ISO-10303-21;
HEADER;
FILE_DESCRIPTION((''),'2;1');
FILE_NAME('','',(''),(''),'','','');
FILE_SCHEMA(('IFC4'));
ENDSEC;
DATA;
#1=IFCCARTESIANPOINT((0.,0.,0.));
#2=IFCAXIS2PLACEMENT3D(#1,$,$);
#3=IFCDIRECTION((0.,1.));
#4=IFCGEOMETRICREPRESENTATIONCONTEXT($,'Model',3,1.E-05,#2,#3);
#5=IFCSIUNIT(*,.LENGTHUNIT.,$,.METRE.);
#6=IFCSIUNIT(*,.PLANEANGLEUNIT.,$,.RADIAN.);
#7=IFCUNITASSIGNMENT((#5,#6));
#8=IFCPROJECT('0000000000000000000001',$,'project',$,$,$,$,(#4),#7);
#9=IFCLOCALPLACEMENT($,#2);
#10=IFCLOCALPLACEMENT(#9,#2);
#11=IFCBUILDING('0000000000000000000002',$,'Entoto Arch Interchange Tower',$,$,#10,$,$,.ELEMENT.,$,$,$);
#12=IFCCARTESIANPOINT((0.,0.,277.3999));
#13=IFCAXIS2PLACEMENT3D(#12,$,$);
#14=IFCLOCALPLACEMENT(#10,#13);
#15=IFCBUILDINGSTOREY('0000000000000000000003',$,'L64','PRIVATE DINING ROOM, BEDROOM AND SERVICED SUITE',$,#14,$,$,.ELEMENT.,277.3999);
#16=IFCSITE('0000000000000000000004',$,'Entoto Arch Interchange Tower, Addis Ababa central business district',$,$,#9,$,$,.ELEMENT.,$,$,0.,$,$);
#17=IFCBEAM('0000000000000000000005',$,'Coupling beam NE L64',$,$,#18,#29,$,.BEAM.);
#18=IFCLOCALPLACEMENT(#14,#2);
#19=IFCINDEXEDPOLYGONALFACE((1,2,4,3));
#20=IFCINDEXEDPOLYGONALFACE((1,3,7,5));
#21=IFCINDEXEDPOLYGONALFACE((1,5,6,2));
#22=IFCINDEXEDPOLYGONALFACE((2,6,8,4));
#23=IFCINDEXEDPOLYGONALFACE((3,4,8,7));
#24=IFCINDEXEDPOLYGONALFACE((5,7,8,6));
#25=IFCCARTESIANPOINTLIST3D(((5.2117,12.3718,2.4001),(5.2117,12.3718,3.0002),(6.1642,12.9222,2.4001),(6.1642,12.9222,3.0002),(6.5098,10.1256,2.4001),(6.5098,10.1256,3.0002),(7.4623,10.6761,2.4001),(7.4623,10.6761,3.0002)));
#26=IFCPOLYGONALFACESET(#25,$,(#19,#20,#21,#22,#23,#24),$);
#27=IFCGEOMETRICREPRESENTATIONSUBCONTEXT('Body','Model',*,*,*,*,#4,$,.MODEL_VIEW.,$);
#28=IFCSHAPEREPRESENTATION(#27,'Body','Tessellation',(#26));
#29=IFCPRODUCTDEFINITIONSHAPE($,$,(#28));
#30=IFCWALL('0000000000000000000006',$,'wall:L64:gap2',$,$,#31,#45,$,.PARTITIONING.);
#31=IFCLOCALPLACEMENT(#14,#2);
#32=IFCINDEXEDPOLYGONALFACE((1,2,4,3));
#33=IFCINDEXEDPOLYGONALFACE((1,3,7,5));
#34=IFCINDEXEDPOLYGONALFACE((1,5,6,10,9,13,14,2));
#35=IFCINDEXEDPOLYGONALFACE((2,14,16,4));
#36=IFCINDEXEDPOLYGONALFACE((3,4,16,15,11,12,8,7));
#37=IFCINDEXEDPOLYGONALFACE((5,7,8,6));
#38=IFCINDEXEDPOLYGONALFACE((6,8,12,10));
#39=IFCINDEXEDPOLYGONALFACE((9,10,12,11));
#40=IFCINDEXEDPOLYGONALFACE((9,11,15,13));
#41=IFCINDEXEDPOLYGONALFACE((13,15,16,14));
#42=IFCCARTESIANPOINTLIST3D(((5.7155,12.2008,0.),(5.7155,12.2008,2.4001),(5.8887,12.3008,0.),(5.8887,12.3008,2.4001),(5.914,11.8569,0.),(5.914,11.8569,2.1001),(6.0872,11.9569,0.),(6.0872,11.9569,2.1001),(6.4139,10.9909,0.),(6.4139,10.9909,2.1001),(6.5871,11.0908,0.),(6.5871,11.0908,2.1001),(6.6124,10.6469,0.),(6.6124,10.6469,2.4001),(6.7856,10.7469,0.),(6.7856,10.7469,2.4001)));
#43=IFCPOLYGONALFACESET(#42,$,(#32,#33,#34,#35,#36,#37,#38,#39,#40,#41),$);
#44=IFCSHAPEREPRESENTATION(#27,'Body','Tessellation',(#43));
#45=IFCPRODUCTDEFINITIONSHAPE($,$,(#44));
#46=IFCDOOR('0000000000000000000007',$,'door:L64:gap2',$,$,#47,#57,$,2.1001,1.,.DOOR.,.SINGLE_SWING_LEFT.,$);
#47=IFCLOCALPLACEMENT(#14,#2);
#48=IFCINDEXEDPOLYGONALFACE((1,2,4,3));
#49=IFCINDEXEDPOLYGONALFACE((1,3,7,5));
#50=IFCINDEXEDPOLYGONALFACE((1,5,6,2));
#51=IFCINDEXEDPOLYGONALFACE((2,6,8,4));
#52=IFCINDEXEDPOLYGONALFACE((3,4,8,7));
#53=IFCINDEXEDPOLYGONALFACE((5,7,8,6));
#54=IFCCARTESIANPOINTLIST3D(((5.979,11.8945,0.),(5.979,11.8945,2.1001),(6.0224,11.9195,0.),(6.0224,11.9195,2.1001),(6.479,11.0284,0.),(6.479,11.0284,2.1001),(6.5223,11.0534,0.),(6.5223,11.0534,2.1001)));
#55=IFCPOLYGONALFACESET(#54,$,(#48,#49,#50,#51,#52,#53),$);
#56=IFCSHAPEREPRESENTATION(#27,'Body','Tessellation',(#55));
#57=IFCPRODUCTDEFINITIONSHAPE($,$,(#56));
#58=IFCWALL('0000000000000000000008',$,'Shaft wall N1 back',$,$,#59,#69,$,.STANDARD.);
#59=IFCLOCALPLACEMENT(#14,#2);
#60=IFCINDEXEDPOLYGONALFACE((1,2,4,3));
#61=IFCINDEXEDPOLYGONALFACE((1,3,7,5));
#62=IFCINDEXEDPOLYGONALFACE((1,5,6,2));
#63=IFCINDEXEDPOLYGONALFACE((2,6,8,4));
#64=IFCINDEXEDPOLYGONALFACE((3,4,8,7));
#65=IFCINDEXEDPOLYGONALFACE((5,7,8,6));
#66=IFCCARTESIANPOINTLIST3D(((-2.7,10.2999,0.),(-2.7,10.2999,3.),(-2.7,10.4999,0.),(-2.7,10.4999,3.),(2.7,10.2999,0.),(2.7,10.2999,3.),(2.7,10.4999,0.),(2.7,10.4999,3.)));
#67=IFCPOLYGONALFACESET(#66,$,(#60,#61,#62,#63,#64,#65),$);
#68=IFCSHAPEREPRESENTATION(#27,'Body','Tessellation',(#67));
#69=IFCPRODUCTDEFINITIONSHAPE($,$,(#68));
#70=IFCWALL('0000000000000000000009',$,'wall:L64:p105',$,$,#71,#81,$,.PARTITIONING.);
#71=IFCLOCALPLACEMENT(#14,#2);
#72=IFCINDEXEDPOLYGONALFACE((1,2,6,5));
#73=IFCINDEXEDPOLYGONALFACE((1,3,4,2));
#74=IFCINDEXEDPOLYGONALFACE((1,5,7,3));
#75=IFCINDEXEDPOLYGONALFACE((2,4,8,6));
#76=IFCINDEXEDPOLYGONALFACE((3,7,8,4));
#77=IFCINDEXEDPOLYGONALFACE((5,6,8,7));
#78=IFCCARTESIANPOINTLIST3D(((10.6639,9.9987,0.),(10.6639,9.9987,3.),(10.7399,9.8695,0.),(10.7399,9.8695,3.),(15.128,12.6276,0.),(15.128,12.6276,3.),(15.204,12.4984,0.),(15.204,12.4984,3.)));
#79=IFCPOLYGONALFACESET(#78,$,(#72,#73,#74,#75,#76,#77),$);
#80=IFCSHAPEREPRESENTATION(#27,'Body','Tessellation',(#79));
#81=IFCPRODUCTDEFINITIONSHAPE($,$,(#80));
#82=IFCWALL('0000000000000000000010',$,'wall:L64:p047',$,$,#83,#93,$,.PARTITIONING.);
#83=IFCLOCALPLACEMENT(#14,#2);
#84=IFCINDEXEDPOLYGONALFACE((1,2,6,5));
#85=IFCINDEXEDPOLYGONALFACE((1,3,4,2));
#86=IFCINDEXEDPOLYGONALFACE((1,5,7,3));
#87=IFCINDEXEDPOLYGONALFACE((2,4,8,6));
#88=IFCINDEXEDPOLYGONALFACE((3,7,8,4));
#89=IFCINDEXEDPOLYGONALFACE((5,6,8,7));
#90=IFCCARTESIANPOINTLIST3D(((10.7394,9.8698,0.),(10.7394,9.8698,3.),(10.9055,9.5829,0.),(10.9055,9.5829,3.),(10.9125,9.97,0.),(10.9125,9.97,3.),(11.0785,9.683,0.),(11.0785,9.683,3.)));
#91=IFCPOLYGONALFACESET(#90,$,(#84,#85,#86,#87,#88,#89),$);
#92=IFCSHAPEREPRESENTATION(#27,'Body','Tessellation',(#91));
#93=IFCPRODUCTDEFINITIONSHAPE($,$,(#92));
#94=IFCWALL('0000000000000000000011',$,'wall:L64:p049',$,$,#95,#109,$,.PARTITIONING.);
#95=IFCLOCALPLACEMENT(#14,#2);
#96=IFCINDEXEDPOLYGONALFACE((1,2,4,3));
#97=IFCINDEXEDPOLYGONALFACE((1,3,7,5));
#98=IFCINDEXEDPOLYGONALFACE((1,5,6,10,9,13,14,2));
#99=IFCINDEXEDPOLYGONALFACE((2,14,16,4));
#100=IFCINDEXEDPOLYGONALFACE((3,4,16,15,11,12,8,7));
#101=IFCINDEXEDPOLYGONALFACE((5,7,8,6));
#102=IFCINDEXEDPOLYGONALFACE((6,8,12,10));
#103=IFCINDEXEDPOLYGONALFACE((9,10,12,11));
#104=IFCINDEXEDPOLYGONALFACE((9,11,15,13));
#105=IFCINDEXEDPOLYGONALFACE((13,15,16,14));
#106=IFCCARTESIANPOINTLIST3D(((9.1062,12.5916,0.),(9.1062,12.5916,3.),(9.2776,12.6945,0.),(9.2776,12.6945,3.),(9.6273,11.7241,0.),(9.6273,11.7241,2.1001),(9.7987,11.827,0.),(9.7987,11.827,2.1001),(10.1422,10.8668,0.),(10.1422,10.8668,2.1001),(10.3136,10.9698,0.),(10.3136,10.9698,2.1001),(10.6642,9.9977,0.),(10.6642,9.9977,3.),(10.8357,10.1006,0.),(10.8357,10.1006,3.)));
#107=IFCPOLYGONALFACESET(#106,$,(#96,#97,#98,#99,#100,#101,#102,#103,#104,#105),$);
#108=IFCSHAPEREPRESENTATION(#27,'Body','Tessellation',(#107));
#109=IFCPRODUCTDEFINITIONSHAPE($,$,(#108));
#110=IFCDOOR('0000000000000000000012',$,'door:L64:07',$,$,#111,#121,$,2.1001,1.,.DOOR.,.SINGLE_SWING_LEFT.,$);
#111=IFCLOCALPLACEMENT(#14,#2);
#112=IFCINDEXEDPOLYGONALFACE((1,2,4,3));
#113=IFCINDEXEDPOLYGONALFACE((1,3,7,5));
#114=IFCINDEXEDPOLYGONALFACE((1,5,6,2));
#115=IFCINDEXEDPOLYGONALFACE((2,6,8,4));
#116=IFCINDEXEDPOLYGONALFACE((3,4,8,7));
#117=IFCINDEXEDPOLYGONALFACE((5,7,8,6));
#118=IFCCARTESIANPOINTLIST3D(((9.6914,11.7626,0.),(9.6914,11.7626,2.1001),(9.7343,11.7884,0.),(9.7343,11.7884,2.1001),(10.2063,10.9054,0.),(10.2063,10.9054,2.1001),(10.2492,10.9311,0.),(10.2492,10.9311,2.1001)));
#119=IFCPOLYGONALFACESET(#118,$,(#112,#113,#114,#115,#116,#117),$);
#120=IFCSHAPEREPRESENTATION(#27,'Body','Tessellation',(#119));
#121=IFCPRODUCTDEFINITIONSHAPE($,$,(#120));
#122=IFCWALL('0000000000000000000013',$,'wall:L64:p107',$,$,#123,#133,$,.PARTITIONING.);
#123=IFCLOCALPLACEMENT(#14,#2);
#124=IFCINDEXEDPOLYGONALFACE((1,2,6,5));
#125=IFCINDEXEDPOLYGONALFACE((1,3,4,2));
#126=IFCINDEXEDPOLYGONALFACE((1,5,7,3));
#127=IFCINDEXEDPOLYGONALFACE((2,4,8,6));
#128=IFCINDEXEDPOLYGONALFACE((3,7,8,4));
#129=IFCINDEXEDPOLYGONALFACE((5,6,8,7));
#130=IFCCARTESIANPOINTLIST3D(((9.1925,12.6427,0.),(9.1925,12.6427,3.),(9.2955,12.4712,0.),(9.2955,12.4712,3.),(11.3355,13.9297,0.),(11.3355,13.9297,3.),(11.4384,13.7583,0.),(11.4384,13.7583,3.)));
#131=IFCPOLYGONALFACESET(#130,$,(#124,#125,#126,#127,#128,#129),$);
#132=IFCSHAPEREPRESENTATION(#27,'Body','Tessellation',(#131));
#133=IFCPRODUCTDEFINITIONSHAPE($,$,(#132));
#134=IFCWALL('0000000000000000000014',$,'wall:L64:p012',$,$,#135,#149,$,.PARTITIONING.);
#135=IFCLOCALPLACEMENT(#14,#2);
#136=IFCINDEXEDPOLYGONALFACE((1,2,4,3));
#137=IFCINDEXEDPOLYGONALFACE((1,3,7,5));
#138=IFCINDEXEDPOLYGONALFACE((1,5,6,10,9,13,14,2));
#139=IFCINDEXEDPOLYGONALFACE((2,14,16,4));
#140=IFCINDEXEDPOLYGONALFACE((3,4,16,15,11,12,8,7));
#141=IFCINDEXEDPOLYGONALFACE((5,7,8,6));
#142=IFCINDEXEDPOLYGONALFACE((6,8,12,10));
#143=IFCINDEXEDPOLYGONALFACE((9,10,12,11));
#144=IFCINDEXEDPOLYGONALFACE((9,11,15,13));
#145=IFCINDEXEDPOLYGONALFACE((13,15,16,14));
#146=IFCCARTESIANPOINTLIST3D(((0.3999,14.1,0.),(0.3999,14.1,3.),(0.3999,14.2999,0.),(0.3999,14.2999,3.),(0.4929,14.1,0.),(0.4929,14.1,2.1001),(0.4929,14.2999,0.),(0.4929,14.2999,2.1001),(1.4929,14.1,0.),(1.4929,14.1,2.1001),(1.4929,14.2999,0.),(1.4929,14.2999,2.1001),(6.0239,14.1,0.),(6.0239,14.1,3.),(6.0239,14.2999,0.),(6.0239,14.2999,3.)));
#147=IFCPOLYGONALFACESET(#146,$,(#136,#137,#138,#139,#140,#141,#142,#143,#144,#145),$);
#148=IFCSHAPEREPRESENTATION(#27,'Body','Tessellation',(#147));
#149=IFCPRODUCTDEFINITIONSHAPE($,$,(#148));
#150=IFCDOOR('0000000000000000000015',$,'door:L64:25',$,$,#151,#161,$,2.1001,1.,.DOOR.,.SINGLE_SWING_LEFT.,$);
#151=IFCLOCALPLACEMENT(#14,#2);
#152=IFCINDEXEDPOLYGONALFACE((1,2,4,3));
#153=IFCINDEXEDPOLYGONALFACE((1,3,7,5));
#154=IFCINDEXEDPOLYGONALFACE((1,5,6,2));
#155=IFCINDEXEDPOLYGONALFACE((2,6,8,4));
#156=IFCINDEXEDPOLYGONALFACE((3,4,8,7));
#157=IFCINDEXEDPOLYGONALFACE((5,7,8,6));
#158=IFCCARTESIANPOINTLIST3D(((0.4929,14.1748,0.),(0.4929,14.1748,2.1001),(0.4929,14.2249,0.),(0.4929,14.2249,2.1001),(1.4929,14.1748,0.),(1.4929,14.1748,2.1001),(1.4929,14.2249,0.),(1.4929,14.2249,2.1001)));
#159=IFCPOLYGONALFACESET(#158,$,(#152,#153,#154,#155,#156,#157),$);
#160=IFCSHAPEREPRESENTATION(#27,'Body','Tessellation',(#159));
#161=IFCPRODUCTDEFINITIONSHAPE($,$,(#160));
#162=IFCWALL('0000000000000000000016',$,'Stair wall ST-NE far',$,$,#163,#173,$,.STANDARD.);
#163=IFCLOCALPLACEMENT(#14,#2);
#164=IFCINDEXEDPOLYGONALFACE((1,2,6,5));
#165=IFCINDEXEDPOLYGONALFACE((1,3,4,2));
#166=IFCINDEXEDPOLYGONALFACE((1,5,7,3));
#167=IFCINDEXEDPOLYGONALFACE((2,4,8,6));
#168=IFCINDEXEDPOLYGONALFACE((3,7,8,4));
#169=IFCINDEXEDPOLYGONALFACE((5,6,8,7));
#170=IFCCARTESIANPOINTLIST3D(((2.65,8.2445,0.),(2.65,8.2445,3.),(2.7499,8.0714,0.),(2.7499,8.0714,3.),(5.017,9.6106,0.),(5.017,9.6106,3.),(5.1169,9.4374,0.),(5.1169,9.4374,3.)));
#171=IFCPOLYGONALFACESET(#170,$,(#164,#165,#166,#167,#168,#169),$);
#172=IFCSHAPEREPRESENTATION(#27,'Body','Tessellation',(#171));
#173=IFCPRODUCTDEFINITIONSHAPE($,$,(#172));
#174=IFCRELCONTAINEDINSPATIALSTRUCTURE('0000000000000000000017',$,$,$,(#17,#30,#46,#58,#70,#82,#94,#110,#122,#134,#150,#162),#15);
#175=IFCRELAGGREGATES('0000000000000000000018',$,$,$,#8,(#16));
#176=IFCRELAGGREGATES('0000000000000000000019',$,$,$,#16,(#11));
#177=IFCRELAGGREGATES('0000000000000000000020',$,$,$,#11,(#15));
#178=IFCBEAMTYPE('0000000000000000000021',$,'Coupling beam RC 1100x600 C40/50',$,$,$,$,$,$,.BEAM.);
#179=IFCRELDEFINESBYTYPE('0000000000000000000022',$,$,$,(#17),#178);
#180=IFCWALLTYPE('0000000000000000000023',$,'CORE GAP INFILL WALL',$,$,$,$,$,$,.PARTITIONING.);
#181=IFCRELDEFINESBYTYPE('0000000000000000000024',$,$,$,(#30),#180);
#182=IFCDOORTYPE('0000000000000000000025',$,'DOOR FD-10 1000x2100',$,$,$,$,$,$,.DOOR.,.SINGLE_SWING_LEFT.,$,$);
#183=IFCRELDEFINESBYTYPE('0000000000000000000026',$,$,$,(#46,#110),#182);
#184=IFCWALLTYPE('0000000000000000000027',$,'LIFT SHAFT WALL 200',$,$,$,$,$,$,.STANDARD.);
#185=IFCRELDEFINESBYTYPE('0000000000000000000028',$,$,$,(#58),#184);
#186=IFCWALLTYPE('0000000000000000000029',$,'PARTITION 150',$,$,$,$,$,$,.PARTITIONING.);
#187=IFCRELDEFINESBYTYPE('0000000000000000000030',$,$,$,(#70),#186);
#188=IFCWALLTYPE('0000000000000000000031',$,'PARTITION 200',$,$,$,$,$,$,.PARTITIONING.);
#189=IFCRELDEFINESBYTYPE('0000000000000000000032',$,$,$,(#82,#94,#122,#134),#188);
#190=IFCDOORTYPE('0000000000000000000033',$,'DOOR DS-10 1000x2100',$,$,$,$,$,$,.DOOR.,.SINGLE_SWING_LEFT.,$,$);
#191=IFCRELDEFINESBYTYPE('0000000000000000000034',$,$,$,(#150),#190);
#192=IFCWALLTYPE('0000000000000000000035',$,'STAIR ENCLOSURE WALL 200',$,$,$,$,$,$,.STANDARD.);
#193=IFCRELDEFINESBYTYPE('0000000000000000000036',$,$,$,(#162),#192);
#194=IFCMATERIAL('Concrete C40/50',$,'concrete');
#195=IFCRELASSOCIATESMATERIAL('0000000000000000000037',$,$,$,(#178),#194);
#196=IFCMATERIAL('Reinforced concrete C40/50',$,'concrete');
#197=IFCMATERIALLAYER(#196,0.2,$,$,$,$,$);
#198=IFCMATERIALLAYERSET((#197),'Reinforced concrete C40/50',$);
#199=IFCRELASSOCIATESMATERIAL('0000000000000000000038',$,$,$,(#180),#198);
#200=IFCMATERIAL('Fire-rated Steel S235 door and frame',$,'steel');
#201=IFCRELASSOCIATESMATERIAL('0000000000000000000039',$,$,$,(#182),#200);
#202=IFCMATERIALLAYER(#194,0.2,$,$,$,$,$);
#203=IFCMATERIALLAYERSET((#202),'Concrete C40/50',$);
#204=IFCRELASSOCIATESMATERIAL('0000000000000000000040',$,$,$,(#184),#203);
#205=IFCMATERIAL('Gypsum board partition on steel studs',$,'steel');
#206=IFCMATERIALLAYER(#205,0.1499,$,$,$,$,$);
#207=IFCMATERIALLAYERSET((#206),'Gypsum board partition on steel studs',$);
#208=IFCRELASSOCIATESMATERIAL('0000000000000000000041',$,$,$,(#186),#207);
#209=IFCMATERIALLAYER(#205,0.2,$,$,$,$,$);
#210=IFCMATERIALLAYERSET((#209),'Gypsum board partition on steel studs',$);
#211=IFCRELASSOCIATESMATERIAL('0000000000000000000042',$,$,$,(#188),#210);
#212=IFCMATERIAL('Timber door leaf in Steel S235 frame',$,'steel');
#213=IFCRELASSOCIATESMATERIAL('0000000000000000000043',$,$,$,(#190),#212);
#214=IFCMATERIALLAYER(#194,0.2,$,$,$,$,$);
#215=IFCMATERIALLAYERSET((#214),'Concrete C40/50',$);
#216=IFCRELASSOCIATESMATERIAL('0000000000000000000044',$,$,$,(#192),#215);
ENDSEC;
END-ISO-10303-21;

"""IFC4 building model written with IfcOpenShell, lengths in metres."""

from ifc_helpers import new_model, si_unit, direction, frame, frame_2d, origin, origin_2d, place, context, subcontext, project, spatial, rectangle, extrude, material, layer, layer_set, material_profile, profile_set, type_object, element, fill, save


model = new_model("IFC4")

# Units and contexts
model_context = context("Model", 3, precision=1e-05, world=origin(), true_north=direction((0.0, 1.0)))
body_context = subcontext(model_context, "Body", "Model", "MODEL_VIEW")
ifc_project = project(units=[si_unit("LENGTHUNIT", "METRE"), si_unit("PLANEANGLEUNIT", "RADIAN")], contexts=[model_context])

# Site, building, storey
site_placement = place(None, origin())
site = spatial("IfcSite", under=ifc_project, at=site_placement, Name="Entoto Arch Interchange Tower, Addis Ababa central business district", CompositionType="ELEMENT", RefElevation=0.0)
building_placement = place(site_placement, origin())
building = spatial("IfcBuilding", under=site, at=building_placement, Name="Entoto Arch Interchange Tower", CompositionType="ELEMENT")
storey_placement = place(building_placement, frame((0.0, 0.0, 277.3999)))
storey = spatial("IfcBuildingStorey", under=building, at=storey_placement, Name="L64", Description="PRIVATE DINING ROOM, BEDROOM AND SERVICED SUITE", CompositionType="ELEMENT", Elevation=277.3999)

# Beam
ifc_material_1 = material(Name="Concrete C40/50", Category="concrete")
ifc_material_profile = material_profile(ifc_material_1, rectangle(XDim=1.1001, YDim=0.6001, at=origin_2d()))
ifc_profile_set = profile_set([ifc_material_profile], Name="Concrete C40/50")
beam_type = type_object("IfcBeamType", Name="Coupling beam RC 1100x600 C40/50", PredefinedType="BEAM", material=ifc_profile_set)
beam_placement = place(storey_placement, frame((6.9861, 10.4009, 2.7002), z_axis=(-0.50038, 0.865806, 0.0), x_axis=(-0.865806, -0.50038, 0.0)))
element("IfcBeam", 1, at=beam_placement, inside=storey, type_object=beam_type, Name="Coupling beam NE L64", PredefinedType="BEAM", context=body_context, shape_type="SweptSolid", body=[
    extrude(rectangle(XDim=1.1001, YDim=0.6001, at=origin_2d()), origin(), (0.0, 0.0, 1.0), 2.5942),
])

# Wall, opening, door
ifc_material_2 = material(Name="Reinforced concrete C40/50", Category="concrete")
ifc_layer_1 = layer(ifc_material_2, 0.2)
ifc_layer_set_1 = layer_set([ifc_layer_1], Name="Reinforced concrete C40/50")
wall_type_1 = type_object("IfcWallType", Name="CORE GAP INFILL WALL", PredefinedType="PARTITIONING", material=ifc_layer_set_1)
wall_1_placement = place(storey_placement, frame((6.699, 10.697, 0.0), z_axis=(0.0, 0.0, 1.0), x_axis=(-0.499915, 0.866075, 0.0)))
wall_1 = element("IfcWall", 2, at=wall_1_placement, inside=storey, type_object=wall_type_1, Name="wall:L64:gap2", PredefinedType="PARTITIONING", context=body_context, shape_type="SweptSolid", body=[
    extrude(rectangle(XDim=1.7942, YDim=0.2, at=frame_2d((0.897, 0.0))), origin(), (0.0, 0.0, 1.0), 2.4001),
])
opening_1_placement = place(wall_1_placement, frame((0.397, 0.0, 0.0)))
opening_1 = element("IfcOpeningElement", 3, at=opening_1_placement, cuts=wall_1, PredefinedType="OPENING", context=body_context, shape_type="SweptSolid", body=[
    extrude(rectangle(XDim=1.0, YDim=2.1001, at=frame_2d((0.5, 1.05))), frame((0.0, 0.1099, 0.0), z_axis=(0.0, -1.0, 0.0), x_axis=(1.0, 0.0, 0.0)), (0.0, 0.0, 1.0), 0.22),
])
ifc_material_3 = material(Name="Fire-rated Steel S235 door and frame", Category="steel")
door_type_1 = type_object("IfcDoorType", Name="DOOR FD-10 1000x2100", OperationType="SINGLE_SWING_LEFT", PredefinedType="DOOR", material=ifc_material_3)
door_1_placement = place(opening_1_placement, origin())
door_1 = element("IfcDoor", 4, at=door_1_placement, inside=storey, type_object=door_type_1, Name="door:L64:gap2", OperationType="SINGLE_SWING_LEFT", OverallHeight=2.1001, OverallWidth=1.0, PredefinedType="DOOR", context=body_context, shape_type="SweptSolid", body=[
    extrude(rectangle(XDim=1.0, YDim=2.1001, at=frame_2d((0.5, 1.05))), frame((0.0, 0.0249, 0.0), z_axis=(0.0, -1.0, 0.0), x_axis=(1.0, 0.0, 0.0)), (0.0, 0.0, 1.0), 0.05),
])
fill(opening_1, door_1)

# Walls
ifc_layer_2 = layer(ifc_material_1, 0.2)
ifc_layer_set_2 = layer_set([ifc_layer_2], Name="Concrete C40/50")
wall_type_2 = type_object("IfcWallType", Name="LIFT SHAFT WALL 200", PredefinedType="STANDARD", material=ifc_layer_set_2)
wall_2_placement = place(storey_placement, frame((2.7, 10.3999, 0.0), z_axis=(0.0, 0.0, 1.0), x_axis=(-1.0, 0.0, 0.0)))
element("IfcWall", 5, at=wall_2_placement, inside=storey, type_object=wall_type_2, Name="Shaft wall N1 back", PredefinedType="STANDARD", context=body_context, shape_type="SweptSolid", body=[
    extrude(rectangle(XDim=5.3999, YDim=0.2, at=frame_2d((2.7, 0.0))), origin(), (0.0, 0.0, 1.0), 3.0),
])
ifc_material_4 = material(Name="Gypsum board partition on steel studs", Category="steel")
ifc_layer_3 = layer(ifc_material_4, 0.1499)
ifc_layer_set_3 = layer_set([ifc_layer_3], Name="Gypsum board partition on steel studs")
wall_type_3 = type_object("IfcWallType", Name="PARTITION 150", PredefinedType="PARTITIONING", material=ifc_layer_set_3)
wall_3_placement = place(storey_placement, frame((10.7019, 9.9341, 0.0), z_axis=(0.0, 0.0, 1.0), x_axis=(0.861685, 0.507444, 0.0)))
element("IfcWall", 6, at=wall_3_placement, inside=storey, type_object=wall_type_3, Name="wall:L64:p105", PredefinedType="PARTITIONING", context=body_context, shape_type="SweptSolid", body=[
    extrude(rectangle(XDim=5.1807, YDim=0.1499, at=frame_2d((2.5903, 0.0))), origin(), (0.0, 0.0, 1.0), 3.0),
])
ifc_layer_4 = layer(ifc_material_4, 0.2)
ifc_layer_set_4 = layer_set([ifc_layer_4], Name="Gypsum board partition on steel studs")
wall_type_4 = type_object("IfcWallType", Name="PARTITION 200", PredefinedType="PARTITIONING", material=ifc_layer_set_4)
wall_4_placement = place(storey_placement, frame((10.8259, 9.9199, 0.0), z_axis=(0.0, 0.0, 1.0), x_axis=(0.500891, -0.86551, 0.0)))
element("IfcWall", 7, at=wall_4_placement, inside=storey, type_object=wall_type_4, Name="wall:L64:p047", PredefinedType="PARTITIONING", context=body_context, shape_type="SweptSolid", body=[
    extrude(rectangle(XDim=0.3315, YDim=0.2, at=frame_2d((0.1658, 0.0))), origin(), (0.0, 0.0, 1.0), 3.0),
])

# Wall, opening, door
wall_5_placement = place(storey_placement, frame((9.1919, 12.6431, 0.0), z_axis=(0.0, 0.0, 1.0), x_axis=(0.514911, -0.857244, 0.0)))
wall_5 = element("IfcWall", 8, at=wall_5_placement, inside=storey, type_object=wall_type_4, Name="wall:L64:p049", PredefinedType="PARTITIONING", context=body_context, shape_type="SweptSolid", body=[
    extrude(rectangle(XDim=3.0259, YDim=0.2, at=frame_2d((1.5129, 0.0))), origin(), (0.0, 0.0, 1.0), 3.0),
])
opening_2_placement = place(wall_5_placement, frame((1.012, 0.0, 0.0)))
opening_2 = element("IfcOpeningElement", 9, at=opening_2_placement, cuts=wall_5, PredefinedType="OPENING", context=body_context, shape_type="SweptSolid", body=[
    extrude(rectangle(XDim=1.0, YDim=2.1001, at=frame_2d((0.5, 1.05))), frame((0.0, 0.1099, 0.0), z_axis=(0.0, -1.0, 0.0), x_axis=(1.0, 0.0, 0.0)), (0.0, 0.0, 1.0), 0.22),
])
door_2_placement = place(opening_2_placement, origin())
door_2 = element("IfcDoor", 10, at=door_2_placement, inside=storey, type_object=door_type_1, Name="door:L64:07", OperationType="SINGLE_SWING_LEFT", OverallHeight=2.1001, OverallWidth=1.0, PredefinedType="DOOR", context=body_context, shape_type="SweptSolid", body=[
    extrude(rectangle(XDim=1.0, YDim=2.1001, at=frame_2d((0.5, 1.05))), frame((0.0, 0.0249, 0.0), z_axis=(0.0, -1.0, 0.0), x_axis=(1.0, 0.0, 0.0)), (0.0, 0.0, 1.0), 0.05),
])
fill(opening_2, door_2)

# Wall
wall_6_placement = place(storey_placement, frame((9.2439, 12.5569, 0.0), z_axis=(0.0, 0.0, 1.0), x_axis=(0.857269, 0.514869, 0.0)))
element("IfcWall", 11, at=wall_6_placement, inside=storey, type_object=wall_type_4, Name="wall:L64:p107", PredefinedType="PARTITIONING", context=body_context, shape_type="SweptSolid", body=[
    extrude(rectangle(XDim=2.4998, YDim=0.2, at=frame_2d((1.25, 0.0))), origin(), (0.0, 0.0, 1.0), 3.0),
])

# Wall, opening, door
wall_7_placement = place(storey_placement, frame((0.3999, 14.2, 0.0), z_axis=(0.0, 0.0, 1.0), x_axis=(1.0, 0.0, 0.0)))
wall_7 = element("IfcWall", 12, at=wall_7_placement, inside=storey, type_object=wall_type_4, Name="wall:L64:p012", PredefinedType="PARTITIONING", context=body_context, shape_type="SweptSolid", body=[
    extrude(rectangle(XDim=5.624, YDim=0.2, at=frame_2d((2.812, 0.0))), origin(), (0.0, 0.0, 1.0), 3.0),
])
opening_3_placement = place(wall_7_placement, frame((0.093, 0.0, 0.0)))
opening_3 = element("IfcOpeningElement", 13, at=opening_3_placement, cuts=wall_7, PredefinedType="OPENING", context=body_context, shape_type="SweptSolid", body=[
    extrude(rectangle(XDim=1.0, YDim=2.1001, at=frame_2d((0.5, 1.05))), frame((0.0, 0.1099, 0.0), z_axis=(0.0, -1.0, 0.0), x_axis=(1.0, 0.0, 0.0)), (0.0, 0.0, 1.0), 0.22),
])
ifc_material_5 = material(Name="Timber door leaf in Steel S235 frame", Category="steel")
door_type_2 = type_object("IfcDoorType", Name="DOOR DS-10 1000x2100", OperationType="SINGLE_SWING_LEFT", PredefinedType="DOOR", material=ifc_material_5)
door_3_placement = place(opening_3_placement, origin())
door_3 = element("IfcDoor", 14, at=door_3_placement, inside=storey, type_object=door_type_2, Name="door:L64:25", OperationType="SINGLE_SWING_LEFT", OverallHeight=2.1001, OverallWidth=1.0, PredefinedType="DOOR", context=body_context, shape_type="SweptSolid", body=[
    extrude(rectangle(XDim=1.0, YDim=2.1001, at=frame_2d((0.5, 1.05))), frame((0.0, 0.0249, 0.0), z_axis=(0.0, -1.0, 0.0), x_axis=(1.0, 0.0, 0.0)), (0.0, 0.0, 1.0), 0.05),
])
fill(opening_3, door_3)

# Wall
ifc_layer_5 = layer(ifc_material_1, 0.2)
ifc_layer_set_5 = layer_set([ifc_layer_5], Name="Concrete C40/50")
wall_type_5 = type_object("IfcWallType", Name="STAIR ENCLOSURE WALL 200", PredefinedType="STANDARD", material=ifc_layer_set_5)
wall_8_placement = place(storey_placement, frame((2.7, 8.158, 0.0), z_axis=(0.0, 0.0, 1.0), x_axis=(0.866119, 0.499838, 0.0)))
element("IfcWall", 15, at=wall_8_placement, inside=storey, type_object=wall_type_5, Name="Stair wall ST-NE far", PredefinedType="STANDARD", context=body_context, shape_type="SweptSolid", body=[
    extrude(rectangle(XDim=2.7329, YDim=0.2, at=frame_2d((1.3665, 0.0))), origin(), (0.0, 0.0, 1.0), 3.0),
])

save(model, "model.ifc")
